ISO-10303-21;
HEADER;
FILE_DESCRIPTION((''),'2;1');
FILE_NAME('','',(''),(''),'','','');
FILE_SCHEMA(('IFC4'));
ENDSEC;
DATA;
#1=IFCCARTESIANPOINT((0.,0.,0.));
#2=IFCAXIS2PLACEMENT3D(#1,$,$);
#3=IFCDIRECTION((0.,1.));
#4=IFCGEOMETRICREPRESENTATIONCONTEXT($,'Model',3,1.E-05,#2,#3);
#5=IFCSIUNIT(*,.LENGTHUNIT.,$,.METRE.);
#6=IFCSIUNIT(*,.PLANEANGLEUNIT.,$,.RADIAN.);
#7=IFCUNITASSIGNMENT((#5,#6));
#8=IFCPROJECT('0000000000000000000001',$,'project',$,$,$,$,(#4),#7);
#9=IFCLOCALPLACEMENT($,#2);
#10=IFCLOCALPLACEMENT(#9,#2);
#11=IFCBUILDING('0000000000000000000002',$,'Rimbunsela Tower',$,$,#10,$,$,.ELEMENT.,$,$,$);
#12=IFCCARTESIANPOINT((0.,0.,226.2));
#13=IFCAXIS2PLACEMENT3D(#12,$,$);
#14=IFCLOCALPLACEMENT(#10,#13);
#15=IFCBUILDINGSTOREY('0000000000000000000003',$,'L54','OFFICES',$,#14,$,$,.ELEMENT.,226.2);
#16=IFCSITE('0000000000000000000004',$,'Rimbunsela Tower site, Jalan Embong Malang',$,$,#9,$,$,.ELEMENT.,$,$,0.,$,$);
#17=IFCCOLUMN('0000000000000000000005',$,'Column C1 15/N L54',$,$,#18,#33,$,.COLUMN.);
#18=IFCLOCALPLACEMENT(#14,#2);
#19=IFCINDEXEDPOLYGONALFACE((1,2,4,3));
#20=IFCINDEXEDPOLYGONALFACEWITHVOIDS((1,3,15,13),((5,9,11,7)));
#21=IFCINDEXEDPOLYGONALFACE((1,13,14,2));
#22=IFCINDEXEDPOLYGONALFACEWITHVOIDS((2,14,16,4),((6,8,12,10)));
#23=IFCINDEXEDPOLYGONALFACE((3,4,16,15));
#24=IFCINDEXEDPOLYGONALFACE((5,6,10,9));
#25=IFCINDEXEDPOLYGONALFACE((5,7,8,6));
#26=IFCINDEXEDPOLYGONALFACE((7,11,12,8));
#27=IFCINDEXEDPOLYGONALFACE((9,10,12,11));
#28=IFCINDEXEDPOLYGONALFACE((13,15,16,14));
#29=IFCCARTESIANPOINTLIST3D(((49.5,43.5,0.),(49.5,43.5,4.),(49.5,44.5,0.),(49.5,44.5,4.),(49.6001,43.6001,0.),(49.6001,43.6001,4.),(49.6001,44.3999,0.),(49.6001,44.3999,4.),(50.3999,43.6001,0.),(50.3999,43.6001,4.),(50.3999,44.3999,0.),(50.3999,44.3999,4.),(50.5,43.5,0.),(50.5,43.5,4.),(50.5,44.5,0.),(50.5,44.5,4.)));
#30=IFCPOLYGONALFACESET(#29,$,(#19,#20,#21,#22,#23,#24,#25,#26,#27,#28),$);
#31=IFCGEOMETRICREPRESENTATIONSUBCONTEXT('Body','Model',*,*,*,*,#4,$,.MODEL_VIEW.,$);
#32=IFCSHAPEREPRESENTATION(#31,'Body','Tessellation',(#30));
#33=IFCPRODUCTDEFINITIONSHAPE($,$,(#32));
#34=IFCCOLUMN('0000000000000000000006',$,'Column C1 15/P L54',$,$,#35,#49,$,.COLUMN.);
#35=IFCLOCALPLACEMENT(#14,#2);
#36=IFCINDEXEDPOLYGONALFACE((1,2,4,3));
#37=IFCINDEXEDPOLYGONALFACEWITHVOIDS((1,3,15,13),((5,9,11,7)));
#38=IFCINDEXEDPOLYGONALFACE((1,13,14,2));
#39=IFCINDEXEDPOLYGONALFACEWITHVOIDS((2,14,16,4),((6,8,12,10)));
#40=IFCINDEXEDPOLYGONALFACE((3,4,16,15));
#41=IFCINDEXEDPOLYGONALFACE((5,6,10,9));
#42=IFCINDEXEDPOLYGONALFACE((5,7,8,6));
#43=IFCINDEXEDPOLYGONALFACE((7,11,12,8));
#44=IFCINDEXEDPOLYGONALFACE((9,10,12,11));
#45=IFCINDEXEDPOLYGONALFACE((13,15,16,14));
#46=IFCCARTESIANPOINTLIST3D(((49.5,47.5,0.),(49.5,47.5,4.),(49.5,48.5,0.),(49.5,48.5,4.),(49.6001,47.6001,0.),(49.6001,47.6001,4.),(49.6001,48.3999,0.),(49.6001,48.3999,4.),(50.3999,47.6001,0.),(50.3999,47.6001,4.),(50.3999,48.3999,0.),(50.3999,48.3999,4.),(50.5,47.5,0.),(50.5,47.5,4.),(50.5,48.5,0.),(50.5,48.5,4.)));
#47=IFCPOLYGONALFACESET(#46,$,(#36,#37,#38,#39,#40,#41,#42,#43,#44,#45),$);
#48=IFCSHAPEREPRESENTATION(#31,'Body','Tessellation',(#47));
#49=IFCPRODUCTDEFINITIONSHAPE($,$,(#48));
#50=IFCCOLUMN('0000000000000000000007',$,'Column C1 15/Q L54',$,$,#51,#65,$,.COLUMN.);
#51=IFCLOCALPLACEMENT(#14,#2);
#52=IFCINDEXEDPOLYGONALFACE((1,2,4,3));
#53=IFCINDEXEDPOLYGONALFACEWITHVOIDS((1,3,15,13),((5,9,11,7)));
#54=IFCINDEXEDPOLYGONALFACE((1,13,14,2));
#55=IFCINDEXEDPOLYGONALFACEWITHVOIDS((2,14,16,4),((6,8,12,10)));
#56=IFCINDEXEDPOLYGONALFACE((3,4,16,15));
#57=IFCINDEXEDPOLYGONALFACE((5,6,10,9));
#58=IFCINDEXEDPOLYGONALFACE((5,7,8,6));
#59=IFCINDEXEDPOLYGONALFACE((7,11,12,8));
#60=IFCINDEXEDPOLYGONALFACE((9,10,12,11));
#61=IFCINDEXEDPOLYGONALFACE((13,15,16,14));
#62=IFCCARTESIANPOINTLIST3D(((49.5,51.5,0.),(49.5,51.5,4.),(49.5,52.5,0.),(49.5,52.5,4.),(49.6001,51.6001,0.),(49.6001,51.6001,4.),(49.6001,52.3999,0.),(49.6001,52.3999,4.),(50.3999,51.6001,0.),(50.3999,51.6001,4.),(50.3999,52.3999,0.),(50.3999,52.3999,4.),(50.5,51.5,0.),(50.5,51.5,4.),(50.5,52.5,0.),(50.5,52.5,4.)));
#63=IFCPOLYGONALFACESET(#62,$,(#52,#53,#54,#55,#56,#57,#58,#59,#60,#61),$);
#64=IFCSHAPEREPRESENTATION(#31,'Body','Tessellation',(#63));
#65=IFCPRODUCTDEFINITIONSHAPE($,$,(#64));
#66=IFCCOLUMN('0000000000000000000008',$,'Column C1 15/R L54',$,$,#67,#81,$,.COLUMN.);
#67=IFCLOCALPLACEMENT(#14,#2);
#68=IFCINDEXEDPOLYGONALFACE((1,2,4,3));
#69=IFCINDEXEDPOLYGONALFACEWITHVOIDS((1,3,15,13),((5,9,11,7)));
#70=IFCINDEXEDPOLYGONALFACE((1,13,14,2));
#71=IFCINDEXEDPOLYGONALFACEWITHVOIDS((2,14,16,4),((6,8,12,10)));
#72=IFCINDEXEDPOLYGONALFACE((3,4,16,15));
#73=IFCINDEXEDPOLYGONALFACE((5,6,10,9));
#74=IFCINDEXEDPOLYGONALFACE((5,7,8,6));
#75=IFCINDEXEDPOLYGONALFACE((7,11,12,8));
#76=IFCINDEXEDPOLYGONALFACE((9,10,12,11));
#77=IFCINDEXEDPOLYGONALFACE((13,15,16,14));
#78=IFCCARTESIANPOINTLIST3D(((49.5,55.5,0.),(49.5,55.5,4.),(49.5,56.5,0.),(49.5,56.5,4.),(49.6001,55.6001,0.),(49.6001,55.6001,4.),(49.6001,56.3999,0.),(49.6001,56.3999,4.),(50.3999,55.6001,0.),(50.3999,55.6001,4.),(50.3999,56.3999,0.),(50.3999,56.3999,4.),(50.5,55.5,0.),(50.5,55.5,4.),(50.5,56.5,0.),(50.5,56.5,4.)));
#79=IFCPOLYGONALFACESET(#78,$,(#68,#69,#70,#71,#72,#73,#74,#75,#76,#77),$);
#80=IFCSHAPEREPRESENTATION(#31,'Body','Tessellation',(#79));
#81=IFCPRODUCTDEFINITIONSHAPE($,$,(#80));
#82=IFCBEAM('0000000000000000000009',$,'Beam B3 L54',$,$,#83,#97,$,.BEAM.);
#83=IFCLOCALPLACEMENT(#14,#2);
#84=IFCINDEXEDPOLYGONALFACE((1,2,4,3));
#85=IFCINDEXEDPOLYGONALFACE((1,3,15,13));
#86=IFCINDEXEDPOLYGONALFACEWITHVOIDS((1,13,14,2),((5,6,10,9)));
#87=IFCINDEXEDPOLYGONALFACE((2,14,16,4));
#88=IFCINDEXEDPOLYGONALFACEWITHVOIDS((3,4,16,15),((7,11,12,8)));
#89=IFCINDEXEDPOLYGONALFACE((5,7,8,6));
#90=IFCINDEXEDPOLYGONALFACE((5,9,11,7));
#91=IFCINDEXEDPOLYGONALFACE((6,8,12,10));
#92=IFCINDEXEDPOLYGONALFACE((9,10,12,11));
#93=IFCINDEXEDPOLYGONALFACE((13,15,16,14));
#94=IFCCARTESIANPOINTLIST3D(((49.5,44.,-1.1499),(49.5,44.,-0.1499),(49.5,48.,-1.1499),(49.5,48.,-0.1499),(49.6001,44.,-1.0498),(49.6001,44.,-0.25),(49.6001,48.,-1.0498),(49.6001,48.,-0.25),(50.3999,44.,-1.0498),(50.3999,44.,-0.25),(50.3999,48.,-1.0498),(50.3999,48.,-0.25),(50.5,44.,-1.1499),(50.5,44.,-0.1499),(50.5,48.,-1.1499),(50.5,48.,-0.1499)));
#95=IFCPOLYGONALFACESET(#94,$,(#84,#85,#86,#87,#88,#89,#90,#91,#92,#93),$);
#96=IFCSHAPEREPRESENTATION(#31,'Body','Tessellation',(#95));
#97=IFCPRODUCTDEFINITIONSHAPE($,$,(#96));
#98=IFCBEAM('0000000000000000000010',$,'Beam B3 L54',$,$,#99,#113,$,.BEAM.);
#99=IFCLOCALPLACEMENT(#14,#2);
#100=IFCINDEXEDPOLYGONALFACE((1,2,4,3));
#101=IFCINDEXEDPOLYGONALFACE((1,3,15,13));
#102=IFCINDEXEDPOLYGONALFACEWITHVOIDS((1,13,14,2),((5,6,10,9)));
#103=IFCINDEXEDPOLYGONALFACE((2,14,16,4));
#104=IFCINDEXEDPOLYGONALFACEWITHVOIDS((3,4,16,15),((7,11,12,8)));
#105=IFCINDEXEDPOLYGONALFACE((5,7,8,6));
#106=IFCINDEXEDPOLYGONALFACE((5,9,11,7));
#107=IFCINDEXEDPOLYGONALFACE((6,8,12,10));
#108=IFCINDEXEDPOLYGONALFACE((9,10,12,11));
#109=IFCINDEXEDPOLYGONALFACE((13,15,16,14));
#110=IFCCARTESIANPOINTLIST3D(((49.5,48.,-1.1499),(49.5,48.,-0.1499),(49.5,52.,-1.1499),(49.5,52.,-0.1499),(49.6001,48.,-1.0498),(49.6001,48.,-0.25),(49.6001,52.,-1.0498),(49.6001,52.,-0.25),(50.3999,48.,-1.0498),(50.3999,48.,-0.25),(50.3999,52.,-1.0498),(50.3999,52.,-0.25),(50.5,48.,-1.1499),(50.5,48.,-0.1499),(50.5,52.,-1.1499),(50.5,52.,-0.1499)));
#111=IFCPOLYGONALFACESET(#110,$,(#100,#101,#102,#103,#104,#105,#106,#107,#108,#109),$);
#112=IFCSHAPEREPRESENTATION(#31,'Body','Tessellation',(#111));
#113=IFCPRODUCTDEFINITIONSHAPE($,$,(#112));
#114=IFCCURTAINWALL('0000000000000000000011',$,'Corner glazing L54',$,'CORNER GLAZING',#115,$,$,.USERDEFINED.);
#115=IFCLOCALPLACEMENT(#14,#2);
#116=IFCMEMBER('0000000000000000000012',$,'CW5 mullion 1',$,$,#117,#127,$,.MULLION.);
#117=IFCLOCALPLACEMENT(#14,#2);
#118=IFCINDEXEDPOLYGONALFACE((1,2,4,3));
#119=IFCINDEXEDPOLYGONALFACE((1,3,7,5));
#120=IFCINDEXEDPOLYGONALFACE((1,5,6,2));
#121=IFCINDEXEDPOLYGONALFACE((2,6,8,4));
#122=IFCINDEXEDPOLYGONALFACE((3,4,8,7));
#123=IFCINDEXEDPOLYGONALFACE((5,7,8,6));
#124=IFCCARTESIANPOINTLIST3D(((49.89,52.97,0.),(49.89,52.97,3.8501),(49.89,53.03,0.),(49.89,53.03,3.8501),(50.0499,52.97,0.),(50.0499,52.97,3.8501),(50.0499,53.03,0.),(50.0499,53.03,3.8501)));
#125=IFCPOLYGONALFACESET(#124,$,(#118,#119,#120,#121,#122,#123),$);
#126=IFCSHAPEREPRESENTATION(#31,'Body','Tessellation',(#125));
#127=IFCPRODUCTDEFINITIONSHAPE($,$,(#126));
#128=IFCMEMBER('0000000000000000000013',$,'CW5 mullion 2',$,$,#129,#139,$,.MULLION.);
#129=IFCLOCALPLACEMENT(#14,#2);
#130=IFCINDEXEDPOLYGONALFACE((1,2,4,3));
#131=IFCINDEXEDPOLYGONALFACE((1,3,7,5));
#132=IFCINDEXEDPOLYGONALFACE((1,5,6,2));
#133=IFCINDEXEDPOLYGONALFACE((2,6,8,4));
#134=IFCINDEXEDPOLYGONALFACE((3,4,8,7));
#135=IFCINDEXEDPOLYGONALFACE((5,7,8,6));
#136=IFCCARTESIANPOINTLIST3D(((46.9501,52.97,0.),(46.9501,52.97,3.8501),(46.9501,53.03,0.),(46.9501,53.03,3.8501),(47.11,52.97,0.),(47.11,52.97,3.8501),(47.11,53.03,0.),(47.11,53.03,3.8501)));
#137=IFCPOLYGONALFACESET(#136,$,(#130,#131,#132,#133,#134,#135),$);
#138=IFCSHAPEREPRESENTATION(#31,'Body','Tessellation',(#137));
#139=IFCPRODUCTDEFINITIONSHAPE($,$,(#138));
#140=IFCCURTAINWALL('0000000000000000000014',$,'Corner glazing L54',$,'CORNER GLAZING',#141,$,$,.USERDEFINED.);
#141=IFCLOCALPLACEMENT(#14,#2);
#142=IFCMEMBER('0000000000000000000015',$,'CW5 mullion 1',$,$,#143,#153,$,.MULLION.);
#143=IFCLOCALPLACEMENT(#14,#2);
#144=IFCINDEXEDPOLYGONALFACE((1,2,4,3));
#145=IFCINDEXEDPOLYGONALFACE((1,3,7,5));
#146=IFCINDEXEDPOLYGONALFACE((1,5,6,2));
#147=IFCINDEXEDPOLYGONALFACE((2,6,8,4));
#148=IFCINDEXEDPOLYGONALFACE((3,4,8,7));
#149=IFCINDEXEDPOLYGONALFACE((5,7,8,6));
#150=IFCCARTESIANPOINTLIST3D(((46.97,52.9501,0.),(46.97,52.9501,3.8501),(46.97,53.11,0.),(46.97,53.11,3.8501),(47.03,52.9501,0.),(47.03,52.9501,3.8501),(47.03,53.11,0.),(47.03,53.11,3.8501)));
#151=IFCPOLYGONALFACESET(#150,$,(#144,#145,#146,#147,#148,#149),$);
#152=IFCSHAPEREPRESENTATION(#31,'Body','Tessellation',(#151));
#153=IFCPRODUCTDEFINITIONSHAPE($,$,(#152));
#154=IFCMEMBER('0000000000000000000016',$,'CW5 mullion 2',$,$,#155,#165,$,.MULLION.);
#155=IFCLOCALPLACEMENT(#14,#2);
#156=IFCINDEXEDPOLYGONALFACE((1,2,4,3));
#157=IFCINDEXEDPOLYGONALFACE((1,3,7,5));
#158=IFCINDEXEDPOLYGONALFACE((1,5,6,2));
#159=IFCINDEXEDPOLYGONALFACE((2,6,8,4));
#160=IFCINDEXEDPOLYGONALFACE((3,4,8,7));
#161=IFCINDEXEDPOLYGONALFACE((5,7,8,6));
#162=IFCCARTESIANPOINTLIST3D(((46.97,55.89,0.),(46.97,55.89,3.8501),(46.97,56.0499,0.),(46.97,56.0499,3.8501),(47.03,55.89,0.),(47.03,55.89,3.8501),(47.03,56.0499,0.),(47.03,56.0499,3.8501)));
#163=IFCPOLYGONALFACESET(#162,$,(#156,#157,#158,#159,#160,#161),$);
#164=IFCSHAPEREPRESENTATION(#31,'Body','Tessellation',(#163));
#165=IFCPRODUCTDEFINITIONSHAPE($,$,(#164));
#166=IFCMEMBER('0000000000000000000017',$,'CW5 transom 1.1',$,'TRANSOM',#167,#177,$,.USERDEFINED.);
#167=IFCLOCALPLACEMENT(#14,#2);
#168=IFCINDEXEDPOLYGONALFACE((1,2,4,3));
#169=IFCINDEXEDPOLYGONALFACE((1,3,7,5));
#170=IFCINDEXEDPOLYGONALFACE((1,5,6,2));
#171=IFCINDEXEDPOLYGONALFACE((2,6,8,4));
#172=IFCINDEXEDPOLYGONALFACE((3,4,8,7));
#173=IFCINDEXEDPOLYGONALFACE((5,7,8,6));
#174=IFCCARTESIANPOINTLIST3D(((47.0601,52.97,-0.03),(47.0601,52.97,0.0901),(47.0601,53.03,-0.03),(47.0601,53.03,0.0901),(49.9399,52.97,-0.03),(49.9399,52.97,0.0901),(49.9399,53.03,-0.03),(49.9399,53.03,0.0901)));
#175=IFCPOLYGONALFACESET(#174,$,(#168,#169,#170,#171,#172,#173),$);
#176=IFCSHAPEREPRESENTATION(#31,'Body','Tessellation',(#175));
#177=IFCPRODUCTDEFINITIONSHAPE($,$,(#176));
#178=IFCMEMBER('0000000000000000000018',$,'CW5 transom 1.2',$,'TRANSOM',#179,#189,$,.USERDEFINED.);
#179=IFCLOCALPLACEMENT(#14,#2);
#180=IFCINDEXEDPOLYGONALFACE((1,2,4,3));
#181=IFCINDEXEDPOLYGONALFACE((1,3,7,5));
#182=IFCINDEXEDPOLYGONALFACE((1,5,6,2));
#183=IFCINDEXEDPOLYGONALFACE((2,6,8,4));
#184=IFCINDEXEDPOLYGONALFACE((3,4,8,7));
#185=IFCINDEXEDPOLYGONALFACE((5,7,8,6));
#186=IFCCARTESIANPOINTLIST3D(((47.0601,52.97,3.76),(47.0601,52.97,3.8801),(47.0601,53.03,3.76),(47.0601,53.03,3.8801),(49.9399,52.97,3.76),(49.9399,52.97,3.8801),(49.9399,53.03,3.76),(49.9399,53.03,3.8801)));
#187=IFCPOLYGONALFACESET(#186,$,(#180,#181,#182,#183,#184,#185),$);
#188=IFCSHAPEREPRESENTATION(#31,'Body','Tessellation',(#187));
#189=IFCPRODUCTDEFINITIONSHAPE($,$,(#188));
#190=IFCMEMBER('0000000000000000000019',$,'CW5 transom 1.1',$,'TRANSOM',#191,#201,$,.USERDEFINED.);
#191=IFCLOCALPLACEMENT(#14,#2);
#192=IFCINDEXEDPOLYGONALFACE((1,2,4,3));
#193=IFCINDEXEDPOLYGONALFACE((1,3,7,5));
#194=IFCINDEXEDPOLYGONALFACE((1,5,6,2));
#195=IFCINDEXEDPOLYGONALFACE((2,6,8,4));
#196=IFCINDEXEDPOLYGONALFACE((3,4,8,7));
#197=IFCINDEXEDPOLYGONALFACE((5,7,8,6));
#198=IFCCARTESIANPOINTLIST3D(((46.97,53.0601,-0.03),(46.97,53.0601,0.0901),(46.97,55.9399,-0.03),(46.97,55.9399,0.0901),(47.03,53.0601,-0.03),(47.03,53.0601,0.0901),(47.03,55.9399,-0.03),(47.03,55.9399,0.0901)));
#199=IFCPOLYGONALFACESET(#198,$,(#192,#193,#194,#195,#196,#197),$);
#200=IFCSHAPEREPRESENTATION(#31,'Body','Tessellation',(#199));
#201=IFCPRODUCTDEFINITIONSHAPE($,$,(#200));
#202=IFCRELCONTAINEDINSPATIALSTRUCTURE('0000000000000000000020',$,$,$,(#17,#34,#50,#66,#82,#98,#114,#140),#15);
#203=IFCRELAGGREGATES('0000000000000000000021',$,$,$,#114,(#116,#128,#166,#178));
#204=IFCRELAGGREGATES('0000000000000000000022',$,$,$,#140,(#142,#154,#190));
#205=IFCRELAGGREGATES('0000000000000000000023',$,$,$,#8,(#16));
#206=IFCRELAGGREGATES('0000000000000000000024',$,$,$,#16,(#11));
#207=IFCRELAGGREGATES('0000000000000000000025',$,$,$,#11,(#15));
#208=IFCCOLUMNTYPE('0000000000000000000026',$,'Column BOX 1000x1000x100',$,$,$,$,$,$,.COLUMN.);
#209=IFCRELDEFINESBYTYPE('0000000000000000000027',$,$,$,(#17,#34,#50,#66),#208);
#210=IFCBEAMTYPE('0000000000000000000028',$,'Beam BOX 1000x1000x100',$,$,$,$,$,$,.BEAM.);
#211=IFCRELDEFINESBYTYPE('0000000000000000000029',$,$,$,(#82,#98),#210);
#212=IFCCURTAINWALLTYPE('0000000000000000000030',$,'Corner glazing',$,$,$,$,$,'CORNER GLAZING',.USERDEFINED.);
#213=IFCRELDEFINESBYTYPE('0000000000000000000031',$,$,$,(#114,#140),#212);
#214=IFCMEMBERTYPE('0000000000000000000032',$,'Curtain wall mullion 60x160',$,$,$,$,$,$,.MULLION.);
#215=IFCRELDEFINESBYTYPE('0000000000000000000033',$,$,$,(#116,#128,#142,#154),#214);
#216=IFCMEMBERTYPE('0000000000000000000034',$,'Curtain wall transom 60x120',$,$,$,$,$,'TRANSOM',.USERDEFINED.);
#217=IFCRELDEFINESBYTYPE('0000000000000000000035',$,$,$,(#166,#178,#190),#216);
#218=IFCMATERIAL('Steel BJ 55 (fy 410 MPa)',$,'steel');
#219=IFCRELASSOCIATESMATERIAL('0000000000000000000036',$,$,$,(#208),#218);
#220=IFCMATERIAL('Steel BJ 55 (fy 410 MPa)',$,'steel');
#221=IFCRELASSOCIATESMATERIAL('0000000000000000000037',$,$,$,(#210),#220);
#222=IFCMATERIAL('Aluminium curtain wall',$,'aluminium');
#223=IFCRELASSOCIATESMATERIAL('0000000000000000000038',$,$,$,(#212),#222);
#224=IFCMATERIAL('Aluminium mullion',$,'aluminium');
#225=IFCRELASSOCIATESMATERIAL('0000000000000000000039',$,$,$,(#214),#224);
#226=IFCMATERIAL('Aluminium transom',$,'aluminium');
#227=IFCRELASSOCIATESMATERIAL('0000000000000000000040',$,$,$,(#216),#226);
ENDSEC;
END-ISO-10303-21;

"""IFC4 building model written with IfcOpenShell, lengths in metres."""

from ifc_helpers import new_model, si_unit, direction, frame, origin, origin_2d, place, context, subcontext, project, spatial, rectangle, hollow_rectangle, extrude, material, material_profile, profile_set, type_object, element, aggregate, save


model = new_model("IFC4")

# Units and contexts
model_context = context("Model", 3, precision=1e-05, world=origin(), true_north=direction((0.0, 1.0)))
body_context = subcontext(model_context, "Body", "Model", "MODEL_VIEW")
ifc_project = project(units=[si_unit("LENGTHUNIT", "METRE"), si_unit("PLANEANGLEUNIT", "RADIAN")], contexts=[model_context])

# Site, building, storey
site_placement = place(None, origin())
site = spatial("IfcSite", under=ifc_project, at=site_placement, Name="Rimbunsela Tower site, Jalan Embong Malang", CompositionType="ELEMENT", RefElevation=0.0)
building_placement = place(site_placement, origin())
building = spatial("IfcBuilding", under=site, at=building_placement, Name="Rimbunsela Tower", CompositionType="ELEMENT")
storey_placement = place(building_placement, frame((0.0, 0.0, 226.2)))
storey = spatial("IfcBuildingStorey", under=building, at=storey_placement, Name="L54", Description="OFFICES", CompositionType="ELEMENT", Elevation=226.2)

# Columns
ifc_material_1 = material(Name="Steel BJ 55 (fy 410 MPa)", Category="steel")
ifc_material_profile_1 = material_profile(ifc_material_1, hollow_rectangle(XDim=1.0, YDim=1.0, WallThickness=0.1001, at=origin_2d()), Name="BOX 1000x1000x100")
ifc_profile_set_1 = profile_set([ifc_material_profile_1], Name="Steel BJ 55 (fy 410 MPa)")
column_type = type_object("IfcColumnType", Name="Column BOX 1000x1000x100", PredefinedType="COLUMN", material=ifc_profile_set_1)
for number, where, z_axis, x_axis, name in (
    (1, (50.0, 44.0, 0.0), (0.0, 0.0, 1.0), (1.0, 0.0, 0.0), "Column C1 15/N L54"),
    (2, (50.0, 48.0, 0.0), (0.0, 0.0, 1.0), (1.0, 0.0, 0.0), "Column C1 15/P L54"),
    (3, (50.0, 52.0, 0.0), (0.0, 0.0, 1.0), (1.0, 0.0, 0.0), "Column C1 15/Q L54"),
    (4, (50.0, 56.0, 0.0), (0.0, 0.0, 1.0), (1.0, 0.0, 0.0), "Column C1 15/R L54"),
):
    element("IfcColumn", number, at=place(storey_placement, frame(where, z_axis=z_axis, x_axis=x_axis)), inside=storey, type_object=column_type, Name=name, PredefinedType="COLUMN", context=body_context, shape_type="SweptSolid", body=[
        extrude(hollow_rectangle(XDim=1.0, YDim=1.0, WallThickness=0.1001, at=origin_2d()), origin(), (0.0, 0.0, 1.0), 4.0),
    ])

# Beams
ifc_material_2 = material(Name="Steel BJ 55 (fy 410 MPa)", Category="steel")
ifc_material_profile_2 = material_profile(ifc_material_2, hollow_rectangle(XDim=1.0, YDim=1.0, WallThickness=0.1001, at=origin_2d()), Name="BOX 1000x1000x100")
ifc_profile_set_2 = profile_set([ifc_material_profile_2], Name="Steel BJ 55 (fy 410 MPa)")
beam_type = type_object("IfcBeamType", Name="Beam BOX 1000x1000x100", PredefinedType="BEAM", material=ifc_profile_set_2)
for number, where, z_axis, x_axis, name in (
    (5, (50.0, 44.0, -0.6499), (0.0, 1.0, 0.0), (-1.0, 0.0, 0.0), "Beam B3 L54"),
    (6, (50.0, 48.0, -0.6499), (0.0, 1.0, 0.0), (-1.0, 0.0, 0.0), "Beam B3 L54"),
):
    element("IfcBeam", number, at=place(storey_placement, frame(where, z_axis=z_axis, x_axis=x_axis)), inside=storey, type_object=beam_type, Name=name, PredefinedType="BEAM", context=body_context, shape_type="SweptSolid", body=[
        extrude(hollow_rectangle(XDim=1.0, YDim=1.0, WallThickness=0.1001, at=origin_2d()), origin(), (0.0, 0.0, 1.0), 4.0),
    ])

# Curtain walls, members
ifc_material_3 = material(Name="Aluminium curtain wall", Category="aluminium")
curtain_wall_type = type_object("IfcCurtainWallType", Name="Corner glazing", ElementType="CORNER GLAZING", PredefinedType="USERDEFINED", material=ifc_material_3)
curtain_wall_1_placement = place(storey_placement, origin())
curtain_wall_1 = element("IfcCurtainWall", 7, at=curtain_wall_1_placement, inside=storey, type_object=curtain_wall_type, Name="Corner glazing L54", ObjectType="CORNER GLAZING", PredefinedType="USERDEFINED")
ifc_material_4 = material(Name="Aluminium mullion", Category="aluminium")
ifc_material_profile_3 = material_profile(ifc_material_4, rectangle(XDim=0.0601, YDim=0.1599, at=origin_2d()), Name="Mullion 60x160")
ifc_profile_set_3 = profile_set([ifc_material_profile_3], Name="Aluminium mullion")
member_type_1 = type_object("IfcMemberType", Name="Curtain wall mullion 60x160", PredefinedType="MULLION", material=ifc_profile_set_3)
member_1_placement = place(storey_placement, frame((49.97, 53.0, 0.0), z_axis=(0.0, 0.0, 1.0), x_axis=(0.0, -1.0, 0.0)))
member_1 = element("IfcMember", 8, at=member_1_placement, type_object=member_type_1, Name="CW5 mullion 1", PredefinedType="MULLION", context=body_context, shape_type="SweptSolid", body=[
    extrude(rectangle(XDim=0.0601, YDim=0.1599, at=origin_2d()), origin(), (0.0, 0.0, 1.0), 3.8501),
])
member_2_placement = place(storey_placement, frame((47.03, 53.0, 0.0), z_axis=(0.0, 0.0, 1.0), x_axis=(0.0, -1.0, 0.0)))
member_2 = element("IfcMember", 9, at=member_2_placement, type_object=member_type_1, Name="CW5 mullion 2", PredefinedType="MULLION", context=body_context, shape_type="SweptSolid", body=[
    extrude(rectangle(XDim=0.0601, YDim=0.1599, at=origin_2d()), origin(), (0.0, 0.0, 1.0), 3.8501),
])
curtain_wall_2_placement = place(storey_placement, origin())
curtain_wall_2 = element("IfcCurtainWall", 10, at=curtain_wall_2_placement, inside=storey, type_object=curtain_wall_type, Name="Corner glazing L54", ObjectType="CORNER GLAZING", PredefinedType="USERDEFINED")
member_3_placement = place(storey_placement, frame((47.0, 53.03, 0.0), z_axis=(0.0, 0.0, 1.0), x_axis=(-1.0, 0.0, 0.0)))
member_3 = element("IfcMember", 11, at=member_3_placement, type_object=member_type_1, Name="CW5 mullion 1", PredefinedType="MULLION", context=body_context, shape_type="SweptSolid", body=[
    extrude(rectangle(XDim=0.0601, YDim=0.1599, at=origin_2d()), origin(), (0.0, 0.0, 1.0), 3.8501),
])
member_4_placement = place(storey_placement, frame((47.0, 55.97, 0.0), z_axis=(0.0, 0.0, 1.0), x_axis=(-1.0, 0.0, 0.0)))
member_4 = element("IfcMember", 12, at=member_4_placement, type_object=member_type_1, Name="CW5 mullion 2", PredefinedType="MULLION", context=body_context, shape_type="SweptSolid", body=[
    extrude(rectangle(XDim=0.0601, YDim=0.1599, at=origin_2d()), origin(), (0.0, 0.0, 1.0), 3.8501),
])

# Members
ifc_material_5 = material(Name="Aluminium transom", Category="aluminium")
ifc_material_profile_4 = material_profile(ifc_material_5, rectangle(XDim=0.0601, YDim=0.1201, at=origin_2d()), Name="Transom 60x120")
ifc_profile_set_4 = profile_set([ifc_material_profile_4], Name="Aluminium transom")
member_type_2 = type_object("IfcMemberType", Name="Curtain wall transom 60x120", ElementType="TRANSOM", PredefinedType="USERDEFINED", material=ifc_profile_set_4)
member_5_placement = place(storey_placement, frame((49.9399, 53.0, 0.03), z_axis=(-1.0, 0.0, 0.0), x_axis=(0.0, -1.0, 0.0)))
member_5 = element("IfcMember", 13, at=member_5_placement, type_object=member_type_2, Name="CW5 transom 1.1", ObjectType="TRANSOM", PredefinedType="USERDEFINED", context=body_context, shape_type="SweptSolid", body=[
    extrude(rectangle(XDim=0.0601, YDim=0.1201, at=origin_2d()), origin(), (0.0, 0.0, 1.0), 2.8799),
])
member_6_placement = place(storey_placement, frame((49.9399, 53.0, 3.8201), z_axis=(-1.0, 0.0, 0.0), x_axis=(0.0, -1.0, 0.0)))
member_6 = element("IfcMember", 14, at=member_6_placement, type_object=member_type_2, Name="CW5 transom 1.2", ObjectType="TRANSOM", PredefinedType="USERDEFINED", context=body_context, shape_type="SweptSolid", body=[
    extrude(rectangle(XDim=0.0601, YDim=0.1201, at=origin_2d()), origin(), (0.0, 0.0, 1.0), 2.8799),
])
member_7_placement = place(storey_placement, frame((47.0, 53.0601, 0.03), z_axis=(0.0, 1.0, 0.0), x_axis=(-1.0, 0.0, 0.0)))
member_7 = element("IfcMember", 15, at=member_7_placement, type_object=member_type_2, Name="CW5 transom 1.1", ObjectType="TRANSOM", PredefinedType="USERDEFINED", context=body_context, shape_type="SweptSolid", body=[
    extrude(rectangle(XDim=0.0601, YDim=0.1201, at=origin_2d()), origin(), (0.0, 0.0, 1.0), 2.8799),
])

aggregate(curtain_wall_1, [member_1, member_2, member_5, member_6])
aggregate(curtain_wall_2, [member_3, member_4, member_7])

save(model, "model.ifc")
